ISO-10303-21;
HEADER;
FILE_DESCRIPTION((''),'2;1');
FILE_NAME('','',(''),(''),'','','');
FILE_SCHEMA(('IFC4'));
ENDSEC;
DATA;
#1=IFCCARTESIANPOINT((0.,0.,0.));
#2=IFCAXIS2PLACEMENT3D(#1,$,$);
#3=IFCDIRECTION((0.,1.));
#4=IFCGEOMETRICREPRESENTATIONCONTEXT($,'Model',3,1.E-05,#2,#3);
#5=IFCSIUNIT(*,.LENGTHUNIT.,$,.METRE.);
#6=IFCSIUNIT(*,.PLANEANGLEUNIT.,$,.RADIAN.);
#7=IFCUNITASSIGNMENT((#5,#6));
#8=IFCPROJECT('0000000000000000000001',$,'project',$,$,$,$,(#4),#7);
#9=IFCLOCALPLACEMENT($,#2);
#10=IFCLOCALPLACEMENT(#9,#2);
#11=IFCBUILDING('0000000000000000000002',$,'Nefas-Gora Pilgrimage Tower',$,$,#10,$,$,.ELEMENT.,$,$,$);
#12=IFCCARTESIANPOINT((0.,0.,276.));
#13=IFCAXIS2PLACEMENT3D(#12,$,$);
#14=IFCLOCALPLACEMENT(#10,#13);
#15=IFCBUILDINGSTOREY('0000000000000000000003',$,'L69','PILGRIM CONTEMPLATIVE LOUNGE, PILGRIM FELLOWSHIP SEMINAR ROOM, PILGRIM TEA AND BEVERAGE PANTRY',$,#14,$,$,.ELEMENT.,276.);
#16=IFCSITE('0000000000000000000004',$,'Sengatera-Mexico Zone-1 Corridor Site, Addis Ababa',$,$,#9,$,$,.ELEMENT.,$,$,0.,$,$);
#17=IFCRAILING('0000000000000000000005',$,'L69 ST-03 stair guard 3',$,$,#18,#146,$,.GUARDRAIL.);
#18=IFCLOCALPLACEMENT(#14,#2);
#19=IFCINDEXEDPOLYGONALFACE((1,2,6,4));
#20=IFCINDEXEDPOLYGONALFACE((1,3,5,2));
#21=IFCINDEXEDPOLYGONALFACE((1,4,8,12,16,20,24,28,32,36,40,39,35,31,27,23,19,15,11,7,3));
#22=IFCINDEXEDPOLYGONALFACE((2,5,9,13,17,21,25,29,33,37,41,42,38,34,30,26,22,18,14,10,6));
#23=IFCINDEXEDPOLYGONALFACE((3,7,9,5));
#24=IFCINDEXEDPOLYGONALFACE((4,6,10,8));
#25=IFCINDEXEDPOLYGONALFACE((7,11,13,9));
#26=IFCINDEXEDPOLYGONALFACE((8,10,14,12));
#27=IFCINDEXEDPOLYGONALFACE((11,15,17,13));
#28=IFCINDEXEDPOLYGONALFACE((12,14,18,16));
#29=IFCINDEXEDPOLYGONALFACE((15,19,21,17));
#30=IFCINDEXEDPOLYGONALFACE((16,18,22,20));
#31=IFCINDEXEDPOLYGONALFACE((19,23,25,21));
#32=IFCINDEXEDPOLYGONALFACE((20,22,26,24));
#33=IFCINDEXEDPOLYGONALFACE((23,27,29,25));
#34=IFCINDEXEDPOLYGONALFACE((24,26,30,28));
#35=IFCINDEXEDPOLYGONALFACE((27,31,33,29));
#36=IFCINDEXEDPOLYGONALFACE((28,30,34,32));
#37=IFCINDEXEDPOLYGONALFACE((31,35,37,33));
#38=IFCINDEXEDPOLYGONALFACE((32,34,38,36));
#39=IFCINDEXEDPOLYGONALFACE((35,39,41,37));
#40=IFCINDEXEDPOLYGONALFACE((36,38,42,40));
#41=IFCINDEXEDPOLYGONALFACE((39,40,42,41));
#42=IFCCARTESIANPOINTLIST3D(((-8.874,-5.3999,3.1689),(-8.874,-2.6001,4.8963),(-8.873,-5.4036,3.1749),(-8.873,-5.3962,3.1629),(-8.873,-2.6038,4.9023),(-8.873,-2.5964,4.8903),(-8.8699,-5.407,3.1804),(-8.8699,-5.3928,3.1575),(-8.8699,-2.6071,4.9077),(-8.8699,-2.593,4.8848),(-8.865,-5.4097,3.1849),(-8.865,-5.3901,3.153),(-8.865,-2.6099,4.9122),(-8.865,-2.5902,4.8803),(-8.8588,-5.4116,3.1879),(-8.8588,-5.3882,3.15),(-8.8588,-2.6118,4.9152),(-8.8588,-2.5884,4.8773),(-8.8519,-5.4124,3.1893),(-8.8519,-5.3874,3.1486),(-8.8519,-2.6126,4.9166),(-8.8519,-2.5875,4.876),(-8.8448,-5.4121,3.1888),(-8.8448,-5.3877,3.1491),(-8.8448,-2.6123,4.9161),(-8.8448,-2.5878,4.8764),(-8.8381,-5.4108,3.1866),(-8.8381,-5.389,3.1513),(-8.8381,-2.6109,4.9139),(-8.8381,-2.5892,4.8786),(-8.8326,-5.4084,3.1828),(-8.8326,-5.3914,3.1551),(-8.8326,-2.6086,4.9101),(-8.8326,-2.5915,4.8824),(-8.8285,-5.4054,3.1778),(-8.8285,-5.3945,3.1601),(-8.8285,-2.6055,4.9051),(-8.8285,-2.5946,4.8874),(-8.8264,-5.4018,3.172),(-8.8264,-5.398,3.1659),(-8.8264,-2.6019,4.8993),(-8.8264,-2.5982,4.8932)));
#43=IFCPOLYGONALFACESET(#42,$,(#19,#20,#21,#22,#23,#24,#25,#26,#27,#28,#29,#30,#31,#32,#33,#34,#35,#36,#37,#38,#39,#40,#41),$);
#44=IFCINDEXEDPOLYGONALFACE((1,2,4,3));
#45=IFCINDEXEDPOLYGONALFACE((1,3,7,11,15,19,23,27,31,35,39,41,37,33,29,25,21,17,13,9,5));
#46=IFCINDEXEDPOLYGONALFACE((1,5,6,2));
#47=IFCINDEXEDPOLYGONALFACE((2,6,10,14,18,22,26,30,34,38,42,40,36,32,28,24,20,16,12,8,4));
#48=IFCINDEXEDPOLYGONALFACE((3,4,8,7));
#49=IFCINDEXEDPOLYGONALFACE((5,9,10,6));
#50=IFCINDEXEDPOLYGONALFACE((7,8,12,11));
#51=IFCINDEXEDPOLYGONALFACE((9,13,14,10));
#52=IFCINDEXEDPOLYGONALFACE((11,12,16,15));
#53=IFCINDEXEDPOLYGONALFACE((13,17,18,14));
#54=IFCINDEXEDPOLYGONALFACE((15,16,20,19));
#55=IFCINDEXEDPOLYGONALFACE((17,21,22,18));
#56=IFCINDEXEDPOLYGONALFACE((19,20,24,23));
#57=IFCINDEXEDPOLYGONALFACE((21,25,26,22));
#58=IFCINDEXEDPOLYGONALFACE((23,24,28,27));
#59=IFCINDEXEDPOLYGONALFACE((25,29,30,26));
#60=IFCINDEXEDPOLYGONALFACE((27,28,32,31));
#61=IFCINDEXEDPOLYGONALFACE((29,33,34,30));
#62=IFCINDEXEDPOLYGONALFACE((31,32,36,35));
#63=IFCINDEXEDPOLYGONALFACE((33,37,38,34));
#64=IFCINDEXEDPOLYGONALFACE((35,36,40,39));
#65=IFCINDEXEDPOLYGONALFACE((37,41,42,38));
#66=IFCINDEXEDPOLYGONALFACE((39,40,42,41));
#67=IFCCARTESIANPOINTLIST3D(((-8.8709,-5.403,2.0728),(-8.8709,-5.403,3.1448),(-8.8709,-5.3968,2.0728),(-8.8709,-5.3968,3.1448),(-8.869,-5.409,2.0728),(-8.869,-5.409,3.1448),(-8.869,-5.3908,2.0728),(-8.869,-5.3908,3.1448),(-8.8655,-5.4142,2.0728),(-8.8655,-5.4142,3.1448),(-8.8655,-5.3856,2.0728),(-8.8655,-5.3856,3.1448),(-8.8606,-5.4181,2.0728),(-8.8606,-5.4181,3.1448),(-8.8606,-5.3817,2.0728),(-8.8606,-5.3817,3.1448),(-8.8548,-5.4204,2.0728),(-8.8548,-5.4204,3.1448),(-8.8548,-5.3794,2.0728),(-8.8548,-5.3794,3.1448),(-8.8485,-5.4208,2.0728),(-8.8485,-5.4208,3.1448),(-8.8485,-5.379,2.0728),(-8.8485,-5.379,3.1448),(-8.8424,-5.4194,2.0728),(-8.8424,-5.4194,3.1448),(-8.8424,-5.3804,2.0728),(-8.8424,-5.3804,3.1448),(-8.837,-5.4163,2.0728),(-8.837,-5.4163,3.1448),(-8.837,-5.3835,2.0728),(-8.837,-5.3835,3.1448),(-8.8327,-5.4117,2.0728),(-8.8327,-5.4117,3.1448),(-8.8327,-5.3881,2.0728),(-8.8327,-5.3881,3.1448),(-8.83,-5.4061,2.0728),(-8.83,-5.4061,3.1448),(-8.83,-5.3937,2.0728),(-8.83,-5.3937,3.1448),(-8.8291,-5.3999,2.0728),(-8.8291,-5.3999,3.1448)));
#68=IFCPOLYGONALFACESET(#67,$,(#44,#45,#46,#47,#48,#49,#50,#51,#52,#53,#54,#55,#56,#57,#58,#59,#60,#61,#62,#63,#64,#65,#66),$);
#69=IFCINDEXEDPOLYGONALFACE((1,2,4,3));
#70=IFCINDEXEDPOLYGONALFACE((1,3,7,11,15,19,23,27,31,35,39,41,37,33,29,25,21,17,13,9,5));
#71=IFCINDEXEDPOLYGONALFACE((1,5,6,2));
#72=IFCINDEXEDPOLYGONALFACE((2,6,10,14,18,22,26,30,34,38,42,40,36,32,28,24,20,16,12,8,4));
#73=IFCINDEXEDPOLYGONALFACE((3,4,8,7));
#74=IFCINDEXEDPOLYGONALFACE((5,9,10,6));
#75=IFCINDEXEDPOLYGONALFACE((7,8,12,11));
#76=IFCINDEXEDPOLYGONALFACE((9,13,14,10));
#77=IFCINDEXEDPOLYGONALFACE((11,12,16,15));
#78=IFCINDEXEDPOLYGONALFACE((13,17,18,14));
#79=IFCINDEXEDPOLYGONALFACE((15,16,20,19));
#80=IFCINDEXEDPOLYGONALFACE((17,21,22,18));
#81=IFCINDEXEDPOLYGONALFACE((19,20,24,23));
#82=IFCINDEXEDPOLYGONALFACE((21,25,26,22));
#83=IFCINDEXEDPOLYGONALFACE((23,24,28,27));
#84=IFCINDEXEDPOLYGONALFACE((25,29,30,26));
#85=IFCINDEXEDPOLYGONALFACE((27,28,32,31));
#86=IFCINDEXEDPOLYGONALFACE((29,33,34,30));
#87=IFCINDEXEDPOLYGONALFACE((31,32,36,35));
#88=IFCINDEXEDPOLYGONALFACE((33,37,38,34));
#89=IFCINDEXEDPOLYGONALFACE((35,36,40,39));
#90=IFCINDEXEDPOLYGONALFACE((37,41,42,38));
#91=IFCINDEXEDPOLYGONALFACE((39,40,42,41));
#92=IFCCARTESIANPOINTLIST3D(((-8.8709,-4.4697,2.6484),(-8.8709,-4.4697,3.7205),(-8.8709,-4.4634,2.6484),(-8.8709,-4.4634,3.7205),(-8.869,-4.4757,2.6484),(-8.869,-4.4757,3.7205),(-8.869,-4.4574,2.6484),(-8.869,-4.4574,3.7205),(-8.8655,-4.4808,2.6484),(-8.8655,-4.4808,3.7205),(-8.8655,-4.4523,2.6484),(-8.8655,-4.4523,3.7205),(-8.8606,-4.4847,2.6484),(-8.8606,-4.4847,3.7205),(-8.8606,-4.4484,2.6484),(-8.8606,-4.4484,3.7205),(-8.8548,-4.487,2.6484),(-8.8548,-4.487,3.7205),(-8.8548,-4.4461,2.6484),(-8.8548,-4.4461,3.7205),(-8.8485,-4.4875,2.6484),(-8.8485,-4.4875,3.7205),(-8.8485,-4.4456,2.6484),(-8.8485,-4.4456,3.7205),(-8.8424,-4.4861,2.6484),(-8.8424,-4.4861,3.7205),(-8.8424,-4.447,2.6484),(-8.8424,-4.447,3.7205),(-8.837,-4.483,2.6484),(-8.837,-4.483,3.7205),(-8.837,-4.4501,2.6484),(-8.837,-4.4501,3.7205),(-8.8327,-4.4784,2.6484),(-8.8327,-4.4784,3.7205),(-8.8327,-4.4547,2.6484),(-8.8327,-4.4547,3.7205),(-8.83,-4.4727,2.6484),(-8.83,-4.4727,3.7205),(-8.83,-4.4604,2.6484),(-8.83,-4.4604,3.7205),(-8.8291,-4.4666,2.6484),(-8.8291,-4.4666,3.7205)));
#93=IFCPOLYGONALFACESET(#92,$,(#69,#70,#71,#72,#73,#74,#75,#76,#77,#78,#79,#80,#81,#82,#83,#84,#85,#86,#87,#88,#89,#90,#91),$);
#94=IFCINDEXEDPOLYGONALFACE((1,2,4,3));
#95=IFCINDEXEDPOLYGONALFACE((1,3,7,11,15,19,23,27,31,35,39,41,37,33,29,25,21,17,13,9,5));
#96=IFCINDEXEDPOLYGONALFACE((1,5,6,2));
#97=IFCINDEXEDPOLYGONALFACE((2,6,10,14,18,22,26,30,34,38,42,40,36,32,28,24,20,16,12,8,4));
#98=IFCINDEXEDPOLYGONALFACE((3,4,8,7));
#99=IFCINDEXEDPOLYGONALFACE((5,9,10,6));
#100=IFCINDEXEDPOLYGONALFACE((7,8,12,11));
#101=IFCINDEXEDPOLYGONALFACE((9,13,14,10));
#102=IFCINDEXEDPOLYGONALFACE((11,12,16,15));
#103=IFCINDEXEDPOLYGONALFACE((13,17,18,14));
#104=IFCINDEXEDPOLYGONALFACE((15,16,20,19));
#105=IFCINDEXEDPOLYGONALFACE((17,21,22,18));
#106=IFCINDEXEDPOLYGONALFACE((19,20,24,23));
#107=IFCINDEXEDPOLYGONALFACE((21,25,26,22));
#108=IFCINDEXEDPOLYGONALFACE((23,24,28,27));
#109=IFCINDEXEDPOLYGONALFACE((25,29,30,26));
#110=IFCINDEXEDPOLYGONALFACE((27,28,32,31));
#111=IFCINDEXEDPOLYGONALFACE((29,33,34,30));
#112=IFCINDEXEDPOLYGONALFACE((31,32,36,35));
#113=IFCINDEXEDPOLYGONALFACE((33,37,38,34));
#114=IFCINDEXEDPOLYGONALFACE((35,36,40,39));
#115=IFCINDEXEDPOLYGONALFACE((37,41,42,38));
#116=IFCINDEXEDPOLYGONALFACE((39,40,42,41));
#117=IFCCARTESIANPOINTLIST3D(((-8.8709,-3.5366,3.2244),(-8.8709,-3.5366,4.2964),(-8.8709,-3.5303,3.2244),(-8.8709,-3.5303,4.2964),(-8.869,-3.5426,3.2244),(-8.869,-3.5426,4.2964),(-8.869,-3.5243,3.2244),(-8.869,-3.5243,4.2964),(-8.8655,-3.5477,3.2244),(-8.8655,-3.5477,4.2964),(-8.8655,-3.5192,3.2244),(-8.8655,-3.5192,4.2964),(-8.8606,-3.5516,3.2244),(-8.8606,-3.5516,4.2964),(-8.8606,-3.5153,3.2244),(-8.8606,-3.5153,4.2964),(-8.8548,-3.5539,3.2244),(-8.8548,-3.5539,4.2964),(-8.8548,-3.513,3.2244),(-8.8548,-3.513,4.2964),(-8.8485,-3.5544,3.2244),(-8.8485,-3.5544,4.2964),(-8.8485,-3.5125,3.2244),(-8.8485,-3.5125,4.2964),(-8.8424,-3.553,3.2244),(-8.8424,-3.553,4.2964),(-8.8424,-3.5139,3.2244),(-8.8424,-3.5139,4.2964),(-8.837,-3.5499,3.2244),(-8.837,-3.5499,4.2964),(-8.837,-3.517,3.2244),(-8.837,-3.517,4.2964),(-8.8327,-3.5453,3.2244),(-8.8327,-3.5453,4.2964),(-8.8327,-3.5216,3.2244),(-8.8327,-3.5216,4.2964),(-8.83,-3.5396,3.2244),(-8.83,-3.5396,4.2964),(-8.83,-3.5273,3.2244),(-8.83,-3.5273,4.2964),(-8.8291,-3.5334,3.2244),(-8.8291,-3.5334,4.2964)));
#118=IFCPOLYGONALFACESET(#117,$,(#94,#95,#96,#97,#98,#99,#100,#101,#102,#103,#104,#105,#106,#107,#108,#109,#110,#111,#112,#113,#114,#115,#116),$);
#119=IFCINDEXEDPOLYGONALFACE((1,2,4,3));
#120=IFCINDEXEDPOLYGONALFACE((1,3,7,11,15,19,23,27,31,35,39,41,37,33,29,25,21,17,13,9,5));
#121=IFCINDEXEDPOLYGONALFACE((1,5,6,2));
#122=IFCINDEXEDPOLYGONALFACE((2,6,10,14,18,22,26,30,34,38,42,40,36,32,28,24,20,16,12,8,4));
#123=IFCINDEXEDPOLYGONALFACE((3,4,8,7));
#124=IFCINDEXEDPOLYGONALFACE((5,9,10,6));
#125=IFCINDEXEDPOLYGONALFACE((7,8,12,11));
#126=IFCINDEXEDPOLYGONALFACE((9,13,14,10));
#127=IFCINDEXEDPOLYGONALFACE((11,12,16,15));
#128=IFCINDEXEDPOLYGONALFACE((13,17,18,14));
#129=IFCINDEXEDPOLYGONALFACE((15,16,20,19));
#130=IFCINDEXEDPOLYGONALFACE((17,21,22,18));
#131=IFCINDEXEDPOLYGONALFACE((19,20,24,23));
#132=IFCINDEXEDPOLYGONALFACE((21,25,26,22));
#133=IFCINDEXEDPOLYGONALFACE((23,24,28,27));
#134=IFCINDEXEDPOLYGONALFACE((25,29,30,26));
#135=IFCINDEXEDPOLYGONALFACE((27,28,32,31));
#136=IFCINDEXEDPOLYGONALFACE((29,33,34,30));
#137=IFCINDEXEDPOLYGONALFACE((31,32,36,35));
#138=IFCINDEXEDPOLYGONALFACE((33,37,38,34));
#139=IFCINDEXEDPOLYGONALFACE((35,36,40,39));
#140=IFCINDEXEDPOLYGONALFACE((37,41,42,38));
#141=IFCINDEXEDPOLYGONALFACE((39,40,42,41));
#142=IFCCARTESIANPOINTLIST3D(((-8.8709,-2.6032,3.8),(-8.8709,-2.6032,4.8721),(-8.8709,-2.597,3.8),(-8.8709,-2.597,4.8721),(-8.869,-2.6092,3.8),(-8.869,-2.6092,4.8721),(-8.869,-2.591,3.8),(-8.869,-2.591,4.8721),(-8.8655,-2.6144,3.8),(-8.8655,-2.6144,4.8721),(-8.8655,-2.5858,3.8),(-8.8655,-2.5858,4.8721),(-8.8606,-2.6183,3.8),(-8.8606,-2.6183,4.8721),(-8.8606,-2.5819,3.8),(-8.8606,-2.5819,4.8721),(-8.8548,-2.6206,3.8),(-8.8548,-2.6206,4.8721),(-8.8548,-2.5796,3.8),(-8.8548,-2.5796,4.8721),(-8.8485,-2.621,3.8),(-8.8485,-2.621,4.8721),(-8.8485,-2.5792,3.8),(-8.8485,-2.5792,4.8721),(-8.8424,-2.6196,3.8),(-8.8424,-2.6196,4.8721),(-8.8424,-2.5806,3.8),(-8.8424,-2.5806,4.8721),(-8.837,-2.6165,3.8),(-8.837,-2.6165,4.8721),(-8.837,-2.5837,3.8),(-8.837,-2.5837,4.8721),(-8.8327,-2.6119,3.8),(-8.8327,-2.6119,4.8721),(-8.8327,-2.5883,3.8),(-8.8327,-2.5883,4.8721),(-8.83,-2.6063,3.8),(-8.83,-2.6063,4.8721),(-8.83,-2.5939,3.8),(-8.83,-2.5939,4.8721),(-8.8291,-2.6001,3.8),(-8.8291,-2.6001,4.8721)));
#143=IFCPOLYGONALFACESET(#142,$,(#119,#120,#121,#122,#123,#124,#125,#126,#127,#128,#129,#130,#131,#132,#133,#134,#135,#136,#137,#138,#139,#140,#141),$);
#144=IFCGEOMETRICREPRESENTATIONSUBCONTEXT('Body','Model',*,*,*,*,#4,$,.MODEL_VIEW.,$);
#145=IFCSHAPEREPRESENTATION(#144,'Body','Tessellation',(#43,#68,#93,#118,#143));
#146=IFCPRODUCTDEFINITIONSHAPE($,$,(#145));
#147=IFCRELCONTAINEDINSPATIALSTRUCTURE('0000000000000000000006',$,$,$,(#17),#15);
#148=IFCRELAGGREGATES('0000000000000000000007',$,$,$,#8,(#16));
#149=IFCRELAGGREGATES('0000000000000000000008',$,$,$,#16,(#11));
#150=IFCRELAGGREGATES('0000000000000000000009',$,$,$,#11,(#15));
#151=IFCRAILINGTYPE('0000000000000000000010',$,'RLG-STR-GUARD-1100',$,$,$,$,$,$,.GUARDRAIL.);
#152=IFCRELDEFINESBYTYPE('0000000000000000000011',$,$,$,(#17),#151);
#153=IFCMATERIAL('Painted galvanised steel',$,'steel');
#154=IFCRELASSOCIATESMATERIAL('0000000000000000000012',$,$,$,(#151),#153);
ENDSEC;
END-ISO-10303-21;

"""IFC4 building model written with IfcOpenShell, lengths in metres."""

from ifc_helpers import new_model, si_unit, direction, frame, origin, origin_2d, place, context, subcontext, project, spatial, circle, extrude, material, type_object, element, save


model = new_model("IFC4")

# Units and contexts
model_context = context("Model", 3, precision=1e-05, world=origin(), true_north=direction((0.0, 1.0)))
body_context = subcontext(model_context, "Body", "Model", "MODEL_VIEW")
ifc_project = project(units=[si_unit("LENGTHUNIT", "METRE"), si_unit("PLANEANGLEUNIT", "RADIAN")], contexts=[model_context])

# Site, building, storey
site_placement = place(None, origin())
site = spatial("IfcSite", under=ifc_project, at=site_placement, Name="Sengatera-Mexico Zone-1 Corridor Site, Addis Ababa", CompositionType="ELEMENT", RefElevation=0.0)
building_placement = place(site_placement, origin())
building = spatial("IfcBuilding", under=site, at=building_placement, Name="Nefas-Gora Pilgrimage Tower", CompositionType="ELEMENT")
storey_placement = place(building_placement, frame((0.0, 0.0, 276.0)))
storey = spatial("IfcBuildingStorey", under=building, at=storey_placement, Name="L69", Description="PILGRIM CONTEMPLATIVE LOUNGE, PILGRIM FELLOWSHIP SEMINAR ROOM, PILGRIM TEA AND BEVERAGE PANTRY", CompositionType="ELEMENT", Elevation=276.0)

# Railing
ifc_material_1 = material(Name="Painted galvanised steel", Category="steel")
railing_type_1 = type_object("IfcRailingType", Name="RLG-STR-GUARD-1100", PredefinedType="GUARDRAIL", material=ifc_material_1)
railing_1_placement = place(storey_placement, frame((-8.8501, -5.3999, 2.0728)))
element("IfcRailing", 1, at=railing_1_placement, inside=storey, type_object=railing_type_1, Name="L69 ST-03 stair guard 3", PredefinedType="GUARDRAIL", context=body_context, shape_type="SweptSolid", body=[
    extrude(circle(Radius=0.0239, at=origin_2d()), frame((0.0, 0.0, 1.0962), z_axis=(0.0, 0.851069, 0.525054), x_axis=(-1.0, 0.0, 0.0)), (0.0, 0.0, 1.0), 3.2898),
    extrude(circle(Radius=0.021, at=origin_2d()), origin(), (0.0, 0.0, 1.0), 1.072),
    extrude(circle(Radius=0.021, at=origin_2d()), frame((0.0, 0.9333, 0.5757)), (0.0, 0.0, 1.0), 1.072),
    extrude(circle(Radius=0.021, at=origin_2d()), frame((0.0, 1.8665, 1.1516)), (0.0, 0.0, 1.0), 1.072),
    extrude(circle(Radius=0.021, at=origin_2d()), frame((0.0, 2.7998, 1.7273)), (0.0, 0.0, 1.0), 1.072),
])

save(model, "model.ifc")
